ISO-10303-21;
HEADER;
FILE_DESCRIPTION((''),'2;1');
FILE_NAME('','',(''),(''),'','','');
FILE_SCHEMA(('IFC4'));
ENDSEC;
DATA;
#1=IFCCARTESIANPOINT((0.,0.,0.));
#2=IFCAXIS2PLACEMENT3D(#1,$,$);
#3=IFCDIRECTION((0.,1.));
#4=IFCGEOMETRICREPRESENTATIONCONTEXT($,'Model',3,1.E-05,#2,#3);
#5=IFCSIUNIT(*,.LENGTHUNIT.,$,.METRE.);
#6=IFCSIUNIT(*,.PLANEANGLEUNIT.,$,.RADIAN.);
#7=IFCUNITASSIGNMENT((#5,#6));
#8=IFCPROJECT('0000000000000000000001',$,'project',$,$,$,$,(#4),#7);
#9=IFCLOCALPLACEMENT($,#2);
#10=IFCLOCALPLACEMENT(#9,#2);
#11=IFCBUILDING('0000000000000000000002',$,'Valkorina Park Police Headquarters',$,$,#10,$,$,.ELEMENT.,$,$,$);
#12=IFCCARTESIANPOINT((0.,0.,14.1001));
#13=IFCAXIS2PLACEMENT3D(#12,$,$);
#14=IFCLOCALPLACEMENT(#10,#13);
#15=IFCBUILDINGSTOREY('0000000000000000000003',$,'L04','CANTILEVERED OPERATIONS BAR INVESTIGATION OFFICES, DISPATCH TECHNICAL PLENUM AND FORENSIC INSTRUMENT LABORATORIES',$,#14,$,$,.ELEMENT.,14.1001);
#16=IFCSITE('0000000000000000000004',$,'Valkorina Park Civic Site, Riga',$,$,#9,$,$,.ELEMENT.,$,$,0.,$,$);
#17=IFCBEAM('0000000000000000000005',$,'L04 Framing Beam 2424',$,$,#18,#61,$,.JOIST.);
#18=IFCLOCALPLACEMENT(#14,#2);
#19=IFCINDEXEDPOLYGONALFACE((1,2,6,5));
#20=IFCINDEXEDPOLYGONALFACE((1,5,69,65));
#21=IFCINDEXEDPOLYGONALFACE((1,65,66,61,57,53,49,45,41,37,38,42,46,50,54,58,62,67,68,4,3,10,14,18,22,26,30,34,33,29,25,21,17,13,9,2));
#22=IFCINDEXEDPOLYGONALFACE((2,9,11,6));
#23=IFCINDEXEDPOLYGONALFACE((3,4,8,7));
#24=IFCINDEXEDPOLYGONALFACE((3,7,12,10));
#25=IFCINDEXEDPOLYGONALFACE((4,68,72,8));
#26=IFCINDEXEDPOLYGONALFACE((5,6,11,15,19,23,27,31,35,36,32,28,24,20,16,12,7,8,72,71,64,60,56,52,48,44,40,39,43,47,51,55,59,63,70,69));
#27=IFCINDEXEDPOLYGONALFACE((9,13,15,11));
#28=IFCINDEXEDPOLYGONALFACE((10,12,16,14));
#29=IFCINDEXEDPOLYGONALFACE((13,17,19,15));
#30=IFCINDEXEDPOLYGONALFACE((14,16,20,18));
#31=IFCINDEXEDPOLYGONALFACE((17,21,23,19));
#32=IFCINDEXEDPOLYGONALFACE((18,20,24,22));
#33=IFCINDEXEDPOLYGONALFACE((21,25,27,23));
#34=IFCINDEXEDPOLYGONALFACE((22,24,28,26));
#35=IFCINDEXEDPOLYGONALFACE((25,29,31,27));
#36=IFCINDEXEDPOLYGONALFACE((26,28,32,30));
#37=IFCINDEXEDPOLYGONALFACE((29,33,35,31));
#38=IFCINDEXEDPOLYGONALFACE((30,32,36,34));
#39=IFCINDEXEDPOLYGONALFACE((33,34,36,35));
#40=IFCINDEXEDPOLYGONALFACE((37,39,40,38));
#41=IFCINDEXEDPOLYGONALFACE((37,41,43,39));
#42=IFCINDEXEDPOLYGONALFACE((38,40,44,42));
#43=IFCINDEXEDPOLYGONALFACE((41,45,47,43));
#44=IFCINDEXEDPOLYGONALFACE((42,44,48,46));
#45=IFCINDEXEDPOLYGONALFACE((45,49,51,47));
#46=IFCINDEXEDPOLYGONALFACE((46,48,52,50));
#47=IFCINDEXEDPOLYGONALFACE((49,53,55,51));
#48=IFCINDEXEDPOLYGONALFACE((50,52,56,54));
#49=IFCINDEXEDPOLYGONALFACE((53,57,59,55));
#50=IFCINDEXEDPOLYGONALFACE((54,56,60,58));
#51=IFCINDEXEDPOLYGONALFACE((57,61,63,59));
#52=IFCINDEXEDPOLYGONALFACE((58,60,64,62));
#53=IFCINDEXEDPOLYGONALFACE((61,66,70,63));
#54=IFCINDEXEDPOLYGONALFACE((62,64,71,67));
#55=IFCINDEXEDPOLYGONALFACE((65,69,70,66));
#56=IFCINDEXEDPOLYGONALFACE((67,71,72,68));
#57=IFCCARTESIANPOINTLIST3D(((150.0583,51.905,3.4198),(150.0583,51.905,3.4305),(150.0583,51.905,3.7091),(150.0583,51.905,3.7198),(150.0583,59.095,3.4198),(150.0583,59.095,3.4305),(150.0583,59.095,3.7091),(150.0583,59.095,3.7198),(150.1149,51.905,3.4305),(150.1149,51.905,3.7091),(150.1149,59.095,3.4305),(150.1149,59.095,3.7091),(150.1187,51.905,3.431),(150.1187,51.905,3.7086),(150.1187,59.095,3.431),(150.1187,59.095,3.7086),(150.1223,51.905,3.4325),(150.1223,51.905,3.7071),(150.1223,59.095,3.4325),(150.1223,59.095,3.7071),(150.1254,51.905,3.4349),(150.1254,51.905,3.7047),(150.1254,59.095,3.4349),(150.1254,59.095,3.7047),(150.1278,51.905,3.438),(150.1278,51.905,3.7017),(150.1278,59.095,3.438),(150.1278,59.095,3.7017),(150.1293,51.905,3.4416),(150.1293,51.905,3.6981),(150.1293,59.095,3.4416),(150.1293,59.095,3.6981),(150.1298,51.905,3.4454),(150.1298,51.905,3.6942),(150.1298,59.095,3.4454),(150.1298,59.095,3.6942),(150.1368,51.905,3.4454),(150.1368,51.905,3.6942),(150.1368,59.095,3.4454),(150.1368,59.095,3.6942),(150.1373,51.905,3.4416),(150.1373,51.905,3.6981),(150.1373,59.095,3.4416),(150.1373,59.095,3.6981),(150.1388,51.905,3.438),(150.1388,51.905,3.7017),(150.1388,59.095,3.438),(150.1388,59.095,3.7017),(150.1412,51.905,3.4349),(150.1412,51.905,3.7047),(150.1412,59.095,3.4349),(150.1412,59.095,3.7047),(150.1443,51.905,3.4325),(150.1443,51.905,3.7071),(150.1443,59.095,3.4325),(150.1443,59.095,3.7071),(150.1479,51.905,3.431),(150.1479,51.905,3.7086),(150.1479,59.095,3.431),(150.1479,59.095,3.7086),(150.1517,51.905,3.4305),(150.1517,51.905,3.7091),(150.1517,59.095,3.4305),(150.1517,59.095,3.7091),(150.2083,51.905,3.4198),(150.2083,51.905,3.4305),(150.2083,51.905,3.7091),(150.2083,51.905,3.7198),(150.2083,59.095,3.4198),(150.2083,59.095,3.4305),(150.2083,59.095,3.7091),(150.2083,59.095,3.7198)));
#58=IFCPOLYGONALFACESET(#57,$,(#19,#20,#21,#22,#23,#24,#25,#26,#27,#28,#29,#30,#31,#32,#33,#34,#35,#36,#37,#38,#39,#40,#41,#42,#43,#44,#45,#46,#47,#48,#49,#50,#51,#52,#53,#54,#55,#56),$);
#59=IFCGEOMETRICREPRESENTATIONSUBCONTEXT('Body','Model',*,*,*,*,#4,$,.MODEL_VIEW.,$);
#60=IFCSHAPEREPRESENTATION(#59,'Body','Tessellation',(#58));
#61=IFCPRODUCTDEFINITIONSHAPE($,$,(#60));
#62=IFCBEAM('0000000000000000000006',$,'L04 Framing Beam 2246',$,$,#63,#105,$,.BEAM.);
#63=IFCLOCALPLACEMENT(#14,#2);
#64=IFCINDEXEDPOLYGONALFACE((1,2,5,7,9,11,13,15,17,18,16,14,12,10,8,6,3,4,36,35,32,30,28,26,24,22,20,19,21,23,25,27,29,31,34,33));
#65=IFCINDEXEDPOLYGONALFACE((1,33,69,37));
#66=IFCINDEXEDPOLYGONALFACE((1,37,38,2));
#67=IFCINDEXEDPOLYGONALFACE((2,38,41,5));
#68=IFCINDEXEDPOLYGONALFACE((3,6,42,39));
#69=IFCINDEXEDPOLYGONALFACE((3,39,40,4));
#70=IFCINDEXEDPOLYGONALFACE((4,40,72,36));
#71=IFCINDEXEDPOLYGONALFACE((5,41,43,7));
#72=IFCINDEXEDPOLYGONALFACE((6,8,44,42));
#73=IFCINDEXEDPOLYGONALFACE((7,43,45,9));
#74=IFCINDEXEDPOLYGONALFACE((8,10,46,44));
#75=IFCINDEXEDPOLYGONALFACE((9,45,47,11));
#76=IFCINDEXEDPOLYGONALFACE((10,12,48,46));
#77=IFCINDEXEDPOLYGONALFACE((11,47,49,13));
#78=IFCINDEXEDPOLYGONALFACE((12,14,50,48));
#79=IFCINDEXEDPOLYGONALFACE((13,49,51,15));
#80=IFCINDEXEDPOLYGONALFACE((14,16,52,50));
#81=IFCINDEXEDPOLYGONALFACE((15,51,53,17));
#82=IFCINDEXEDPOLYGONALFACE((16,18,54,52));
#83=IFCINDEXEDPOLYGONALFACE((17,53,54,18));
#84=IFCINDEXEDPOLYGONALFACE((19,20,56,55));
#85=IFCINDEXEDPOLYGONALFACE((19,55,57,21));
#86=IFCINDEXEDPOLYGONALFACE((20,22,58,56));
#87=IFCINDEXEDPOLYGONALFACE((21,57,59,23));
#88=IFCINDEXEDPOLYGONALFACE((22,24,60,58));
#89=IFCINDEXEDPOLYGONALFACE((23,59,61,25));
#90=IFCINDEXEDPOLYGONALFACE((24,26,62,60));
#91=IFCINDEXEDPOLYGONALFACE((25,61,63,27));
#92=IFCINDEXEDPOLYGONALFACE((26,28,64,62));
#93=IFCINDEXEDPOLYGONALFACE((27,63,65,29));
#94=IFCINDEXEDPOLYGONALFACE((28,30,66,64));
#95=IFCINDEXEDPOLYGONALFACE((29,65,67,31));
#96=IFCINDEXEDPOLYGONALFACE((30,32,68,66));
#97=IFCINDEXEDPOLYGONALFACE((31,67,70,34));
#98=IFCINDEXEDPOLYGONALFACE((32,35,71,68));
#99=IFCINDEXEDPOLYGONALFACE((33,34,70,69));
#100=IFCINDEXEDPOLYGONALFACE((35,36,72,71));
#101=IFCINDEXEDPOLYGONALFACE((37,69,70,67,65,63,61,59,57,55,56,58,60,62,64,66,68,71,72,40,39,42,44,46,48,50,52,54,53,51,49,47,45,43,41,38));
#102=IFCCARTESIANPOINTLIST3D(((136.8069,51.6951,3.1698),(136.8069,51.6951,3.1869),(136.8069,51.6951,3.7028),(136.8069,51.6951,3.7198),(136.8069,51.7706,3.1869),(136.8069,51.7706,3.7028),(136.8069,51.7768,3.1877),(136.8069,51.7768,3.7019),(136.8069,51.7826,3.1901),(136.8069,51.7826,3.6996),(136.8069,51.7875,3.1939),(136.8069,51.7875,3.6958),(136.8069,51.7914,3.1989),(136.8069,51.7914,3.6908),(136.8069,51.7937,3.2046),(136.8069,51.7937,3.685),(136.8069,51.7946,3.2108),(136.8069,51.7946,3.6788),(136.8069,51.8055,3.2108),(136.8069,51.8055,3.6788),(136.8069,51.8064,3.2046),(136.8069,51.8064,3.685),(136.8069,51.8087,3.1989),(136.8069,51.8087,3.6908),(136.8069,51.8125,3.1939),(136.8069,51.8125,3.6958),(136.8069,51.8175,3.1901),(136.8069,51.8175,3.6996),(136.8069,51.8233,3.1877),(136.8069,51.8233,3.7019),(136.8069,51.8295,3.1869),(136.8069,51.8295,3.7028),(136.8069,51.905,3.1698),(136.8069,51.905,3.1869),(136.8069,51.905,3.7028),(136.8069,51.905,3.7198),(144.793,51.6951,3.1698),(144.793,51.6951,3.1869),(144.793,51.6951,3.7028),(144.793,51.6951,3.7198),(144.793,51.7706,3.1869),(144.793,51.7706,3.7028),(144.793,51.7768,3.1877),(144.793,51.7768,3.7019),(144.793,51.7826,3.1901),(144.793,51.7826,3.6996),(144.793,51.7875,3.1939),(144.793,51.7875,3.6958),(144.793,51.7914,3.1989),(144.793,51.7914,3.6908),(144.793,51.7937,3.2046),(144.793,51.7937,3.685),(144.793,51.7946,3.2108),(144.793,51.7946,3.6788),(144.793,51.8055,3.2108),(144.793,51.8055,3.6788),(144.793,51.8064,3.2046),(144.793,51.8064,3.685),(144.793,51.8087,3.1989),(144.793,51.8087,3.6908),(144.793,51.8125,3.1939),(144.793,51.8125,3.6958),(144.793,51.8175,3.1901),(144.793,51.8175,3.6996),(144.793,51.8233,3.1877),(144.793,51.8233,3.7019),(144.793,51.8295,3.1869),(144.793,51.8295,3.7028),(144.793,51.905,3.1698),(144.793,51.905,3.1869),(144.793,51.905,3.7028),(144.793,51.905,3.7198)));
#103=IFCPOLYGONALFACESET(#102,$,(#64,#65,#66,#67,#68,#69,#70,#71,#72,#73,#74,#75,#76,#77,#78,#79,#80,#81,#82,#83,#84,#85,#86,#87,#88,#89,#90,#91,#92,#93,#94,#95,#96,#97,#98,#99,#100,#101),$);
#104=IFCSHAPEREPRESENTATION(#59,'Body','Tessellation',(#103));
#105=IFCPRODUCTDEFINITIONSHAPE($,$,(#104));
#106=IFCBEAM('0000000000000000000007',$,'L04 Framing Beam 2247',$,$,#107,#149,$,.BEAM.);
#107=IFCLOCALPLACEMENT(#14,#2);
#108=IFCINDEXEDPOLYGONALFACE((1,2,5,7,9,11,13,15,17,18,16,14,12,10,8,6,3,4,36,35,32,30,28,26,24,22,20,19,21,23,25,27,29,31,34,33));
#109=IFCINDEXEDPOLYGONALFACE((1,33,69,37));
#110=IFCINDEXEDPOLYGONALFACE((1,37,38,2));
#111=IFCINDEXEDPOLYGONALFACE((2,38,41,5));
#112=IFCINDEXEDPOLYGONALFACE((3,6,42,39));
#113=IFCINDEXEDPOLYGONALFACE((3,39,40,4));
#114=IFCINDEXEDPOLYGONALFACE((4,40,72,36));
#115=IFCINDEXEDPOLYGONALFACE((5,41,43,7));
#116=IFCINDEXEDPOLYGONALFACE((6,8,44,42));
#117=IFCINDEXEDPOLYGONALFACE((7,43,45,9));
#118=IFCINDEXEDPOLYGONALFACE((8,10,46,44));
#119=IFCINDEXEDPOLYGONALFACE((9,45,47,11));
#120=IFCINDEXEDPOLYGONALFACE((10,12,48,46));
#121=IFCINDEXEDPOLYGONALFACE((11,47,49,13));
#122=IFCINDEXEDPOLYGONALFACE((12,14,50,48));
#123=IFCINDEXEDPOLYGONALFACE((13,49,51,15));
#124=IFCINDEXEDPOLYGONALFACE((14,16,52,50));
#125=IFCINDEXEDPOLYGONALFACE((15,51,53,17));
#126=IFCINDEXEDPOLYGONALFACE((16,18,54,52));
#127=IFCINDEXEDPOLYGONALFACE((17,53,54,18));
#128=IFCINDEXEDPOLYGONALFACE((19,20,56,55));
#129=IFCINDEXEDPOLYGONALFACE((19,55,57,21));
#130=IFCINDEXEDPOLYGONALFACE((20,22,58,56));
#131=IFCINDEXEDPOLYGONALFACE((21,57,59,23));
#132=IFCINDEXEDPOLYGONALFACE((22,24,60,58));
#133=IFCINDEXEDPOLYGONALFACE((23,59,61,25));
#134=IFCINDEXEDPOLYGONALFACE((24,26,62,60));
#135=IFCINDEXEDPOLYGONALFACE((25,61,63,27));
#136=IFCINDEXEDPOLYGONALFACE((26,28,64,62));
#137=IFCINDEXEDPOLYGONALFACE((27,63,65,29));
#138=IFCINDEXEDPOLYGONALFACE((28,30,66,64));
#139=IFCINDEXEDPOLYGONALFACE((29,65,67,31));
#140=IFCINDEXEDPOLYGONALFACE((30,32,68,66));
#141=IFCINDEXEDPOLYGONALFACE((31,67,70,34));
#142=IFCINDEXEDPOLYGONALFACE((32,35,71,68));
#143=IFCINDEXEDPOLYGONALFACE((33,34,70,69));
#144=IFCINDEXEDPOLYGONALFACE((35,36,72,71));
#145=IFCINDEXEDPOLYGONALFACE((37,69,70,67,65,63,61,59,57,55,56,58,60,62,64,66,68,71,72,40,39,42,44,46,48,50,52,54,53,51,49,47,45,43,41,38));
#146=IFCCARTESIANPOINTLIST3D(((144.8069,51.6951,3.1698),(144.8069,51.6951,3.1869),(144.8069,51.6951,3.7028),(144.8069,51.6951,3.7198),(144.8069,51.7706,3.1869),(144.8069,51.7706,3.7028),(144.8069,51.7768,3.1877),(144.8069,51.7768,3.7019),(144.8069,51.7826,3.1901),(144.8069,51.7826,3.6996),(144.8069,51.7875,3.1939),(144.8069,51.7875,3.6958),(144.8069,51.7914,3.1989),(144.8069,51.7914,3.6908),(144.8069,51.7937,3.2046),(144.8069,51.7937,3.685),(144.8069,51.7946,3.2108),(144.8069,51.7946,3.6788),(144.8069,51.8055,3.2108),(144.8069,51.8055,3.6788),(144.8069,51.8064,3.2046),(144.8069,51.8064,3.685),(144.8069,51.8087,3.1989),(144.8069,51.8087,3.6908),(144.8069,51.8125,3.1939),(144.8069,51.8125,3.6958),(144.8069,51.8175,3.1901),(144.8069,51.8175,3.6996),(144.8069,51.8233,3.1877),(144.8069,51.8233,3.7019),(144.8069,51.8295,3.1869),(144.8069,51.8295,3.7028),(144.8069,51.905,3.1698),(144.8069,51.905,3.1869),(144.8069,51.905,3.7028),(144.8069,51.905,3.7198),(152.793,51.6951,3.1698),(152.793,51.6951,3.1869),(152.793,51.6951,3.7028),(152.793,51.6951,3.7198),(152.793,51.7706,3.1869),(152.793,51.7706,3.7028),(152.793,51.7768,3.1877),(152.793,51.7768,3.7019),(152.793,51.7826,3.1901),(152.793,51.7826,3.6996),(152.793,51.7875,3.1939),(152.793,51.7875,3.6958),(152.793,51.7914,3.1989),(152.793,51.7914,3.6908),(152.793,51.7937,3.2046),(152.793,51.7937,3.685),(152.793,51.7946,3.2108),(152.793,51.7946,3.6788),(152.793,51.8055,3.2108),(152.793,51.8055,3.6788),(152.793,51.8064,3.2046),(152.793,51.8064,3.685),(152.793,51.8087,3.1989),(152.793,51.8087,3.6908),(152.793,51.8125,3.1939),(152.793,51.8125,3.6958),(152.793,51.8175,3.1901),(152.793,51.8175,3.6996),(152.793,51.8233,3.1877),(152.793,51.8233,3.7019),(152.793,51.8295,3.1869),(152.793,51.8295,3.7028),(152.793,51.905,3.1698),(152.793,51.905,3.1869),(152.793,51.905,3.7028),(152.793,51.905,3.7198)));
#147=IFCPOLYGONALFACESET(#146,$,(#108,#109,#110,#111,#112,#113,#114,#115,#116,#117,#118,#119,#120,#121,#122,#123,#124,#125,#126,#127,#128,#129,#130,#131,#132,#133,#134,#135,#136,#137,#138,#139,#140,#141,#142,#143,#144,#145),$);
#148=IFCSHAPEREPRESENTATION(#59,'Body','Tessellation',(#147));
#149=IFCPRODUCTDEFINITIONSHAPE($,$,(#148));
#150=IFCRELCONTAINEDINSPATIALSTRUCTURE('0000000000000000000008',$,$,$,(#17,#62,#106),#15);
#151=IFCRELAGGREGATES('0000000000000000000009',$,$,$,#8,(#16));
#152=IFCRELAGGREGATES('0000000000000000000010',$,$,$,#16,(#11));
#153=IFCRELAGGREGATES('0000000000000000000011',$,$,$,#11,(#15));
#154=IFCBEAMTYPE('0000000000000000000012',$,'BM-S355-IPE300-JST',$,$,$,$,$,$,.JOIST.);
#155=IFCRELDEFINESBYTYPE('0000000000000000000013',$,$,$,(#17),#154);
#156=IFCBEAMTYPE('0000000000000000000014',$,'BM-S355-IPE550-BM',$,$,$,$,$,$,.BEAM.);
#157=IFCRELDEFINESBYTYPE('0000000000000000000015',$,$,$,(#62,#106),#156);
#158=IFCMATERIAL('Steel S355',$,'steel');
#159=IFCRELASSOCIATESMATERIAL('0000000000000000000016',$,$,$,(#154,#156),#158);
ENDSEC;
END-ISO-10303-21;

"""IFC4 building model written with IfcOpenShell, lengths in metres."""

from ifc_helpers import new_model, si_unit, direction, frame, origin, origin_2d, place, context, subcontext, project, spatial, i_section, extrude, material, material_profile, profile_set, type_object, element, save


model = new_model("IFC4")

# Units and contexts
model_context = context("Model", 3, precision=1e-05, world=origin(), true_north=direction((0.0, 1.0)))
body_context = subcontext(model_context, "Body", "Model", "MODEL_VIEW")
ifc_project = project(units=[si_unit("LENGTHUNIT", "METRE"), si_unit("PLANEANGLEUNIT", "RADIAN")], contexts=[model_context])

# Site, building, storey
site_placement = place(None, origin())
site = spatial("IfcSite", under=ifc_project, at=site_placement, Name="Valkorina Park Civic Site, Riga", CompositionType="ELEMENT", RefElevation=0.0)
building_placement = place(site_placement, origin())
building = spatial("IfcBuilding", under=site, at=building_placement, Name="Valkorina Park Police Headquarters", CompositionType="ELEMENT")
storey_placement = place(building_placement, frame((0.0, 0.0, 14.1001)))
storey = spatial("IfcBuildingStorey", under=building, at=storey_placement, Name="L04", Description="CANTILEVERED OPERATIONS BAR INVESTIGATION OFFICES, DISPATCH TECHNICAL PLENUM AND FORENSIC INSTRUMENT LABORATORIES", CompositionType="ELEMENT", Elevation=14.1001)

# Shared definitions
ifc_material_1 = material(Name="Steel S355", Category="steel")

# Beams
ifc_material_profile_1 = material_profile(ifc_material_1, i_section(OverallWidth=0.1499, OverallDepth=0.3, WebThickness=0.0071, FlangeThickness=0.0107, FilletRadius=0.0149, at=origin_2d()), Name="IPE 300")
ifc_profile_set_1 = profile_set([ifc_material_profile_1], Name="Steel S355")
beam_type_1 = type_object("IfcBeamType", Name="BM-S355-IPE300-JST", PredefinedType="JOIST", material=ifc_profile_set_1)
for number, where, z_axis, x_axis, name in (
    (1, (150.1333, 51.905, 3.5698), (0.0, 1.0, 0.0), (-1.0, 0.0, 0.0), "L04 Framing Beam 2424"),
):
    element("IfcBeam", number, at=place(storey_placement, frame(where, z_axis=z_axis, x_axis=x_axis)), inside=storey, type_object=beam_type_1, Name=name, PredefinedType="JOIST", context=body_context, shape_type="SweptSolid", body=[
        extrude(i_section(OverallWidth=0.1499, OverallDepth=0.3, WebThickness=0.0071, FlangeThickness=0.0107, FilletRadius=0.0149, at=origin_2d()), origin(), (0.0, 0.0, 1.0), 7.1899),
    ])
ifc_material_profile_2 = material_profile(ifc_material_1, i_section(OverallWidth=0.21, OverallDepth=0.55, WebThickness=0.011, FlangeThickness=0.0171, FilletRadius=0.0239, at=origin_2d()), Name="IPE 550")
ifc_profile_set_2 = profile_set([ifc_material_profile_2], Name="Steel S355")
beam_type_2 = type_object("IfcBeamType", Name="BM-S355-IPE550-BM", PredefinedType="BEAM", material=ifc_profile_set_2)
for number, where, z_axis, x_axis, name in (
    (2, (136.8069, 51.8, 3.4448), (1.0, 0.0, 0.0), (0.0, 1.0, 0.0), "L04 Framing Beam 2246"),
    (3, (144.8069, 51.8, 3.4448), (1.0, 0.0, 0.0), (0.0, 1.0, 0.0), "L04 Framing Beam 2247"),
):
    element("IfcBeam", number, at=place(storey_placement, frame(where, z_axis=z_axis, x_axis=x_axis)), inside=storey, type_object=beam_type_2, Name=name, PredefinedType="BEAM", context=body_context, shape_type="SweptSolid", body=[
        extrude(i_section(OverallWidth=0.21, OverallDepth=0.55, WebThickness=0.011, FlangeThickness=0.0171, FilletRadius=0.0239, at=origin_2d()), origin(), (0.0, 0.0, 1.0), 7.9861),
    ])

save(model, "model.ifc")
